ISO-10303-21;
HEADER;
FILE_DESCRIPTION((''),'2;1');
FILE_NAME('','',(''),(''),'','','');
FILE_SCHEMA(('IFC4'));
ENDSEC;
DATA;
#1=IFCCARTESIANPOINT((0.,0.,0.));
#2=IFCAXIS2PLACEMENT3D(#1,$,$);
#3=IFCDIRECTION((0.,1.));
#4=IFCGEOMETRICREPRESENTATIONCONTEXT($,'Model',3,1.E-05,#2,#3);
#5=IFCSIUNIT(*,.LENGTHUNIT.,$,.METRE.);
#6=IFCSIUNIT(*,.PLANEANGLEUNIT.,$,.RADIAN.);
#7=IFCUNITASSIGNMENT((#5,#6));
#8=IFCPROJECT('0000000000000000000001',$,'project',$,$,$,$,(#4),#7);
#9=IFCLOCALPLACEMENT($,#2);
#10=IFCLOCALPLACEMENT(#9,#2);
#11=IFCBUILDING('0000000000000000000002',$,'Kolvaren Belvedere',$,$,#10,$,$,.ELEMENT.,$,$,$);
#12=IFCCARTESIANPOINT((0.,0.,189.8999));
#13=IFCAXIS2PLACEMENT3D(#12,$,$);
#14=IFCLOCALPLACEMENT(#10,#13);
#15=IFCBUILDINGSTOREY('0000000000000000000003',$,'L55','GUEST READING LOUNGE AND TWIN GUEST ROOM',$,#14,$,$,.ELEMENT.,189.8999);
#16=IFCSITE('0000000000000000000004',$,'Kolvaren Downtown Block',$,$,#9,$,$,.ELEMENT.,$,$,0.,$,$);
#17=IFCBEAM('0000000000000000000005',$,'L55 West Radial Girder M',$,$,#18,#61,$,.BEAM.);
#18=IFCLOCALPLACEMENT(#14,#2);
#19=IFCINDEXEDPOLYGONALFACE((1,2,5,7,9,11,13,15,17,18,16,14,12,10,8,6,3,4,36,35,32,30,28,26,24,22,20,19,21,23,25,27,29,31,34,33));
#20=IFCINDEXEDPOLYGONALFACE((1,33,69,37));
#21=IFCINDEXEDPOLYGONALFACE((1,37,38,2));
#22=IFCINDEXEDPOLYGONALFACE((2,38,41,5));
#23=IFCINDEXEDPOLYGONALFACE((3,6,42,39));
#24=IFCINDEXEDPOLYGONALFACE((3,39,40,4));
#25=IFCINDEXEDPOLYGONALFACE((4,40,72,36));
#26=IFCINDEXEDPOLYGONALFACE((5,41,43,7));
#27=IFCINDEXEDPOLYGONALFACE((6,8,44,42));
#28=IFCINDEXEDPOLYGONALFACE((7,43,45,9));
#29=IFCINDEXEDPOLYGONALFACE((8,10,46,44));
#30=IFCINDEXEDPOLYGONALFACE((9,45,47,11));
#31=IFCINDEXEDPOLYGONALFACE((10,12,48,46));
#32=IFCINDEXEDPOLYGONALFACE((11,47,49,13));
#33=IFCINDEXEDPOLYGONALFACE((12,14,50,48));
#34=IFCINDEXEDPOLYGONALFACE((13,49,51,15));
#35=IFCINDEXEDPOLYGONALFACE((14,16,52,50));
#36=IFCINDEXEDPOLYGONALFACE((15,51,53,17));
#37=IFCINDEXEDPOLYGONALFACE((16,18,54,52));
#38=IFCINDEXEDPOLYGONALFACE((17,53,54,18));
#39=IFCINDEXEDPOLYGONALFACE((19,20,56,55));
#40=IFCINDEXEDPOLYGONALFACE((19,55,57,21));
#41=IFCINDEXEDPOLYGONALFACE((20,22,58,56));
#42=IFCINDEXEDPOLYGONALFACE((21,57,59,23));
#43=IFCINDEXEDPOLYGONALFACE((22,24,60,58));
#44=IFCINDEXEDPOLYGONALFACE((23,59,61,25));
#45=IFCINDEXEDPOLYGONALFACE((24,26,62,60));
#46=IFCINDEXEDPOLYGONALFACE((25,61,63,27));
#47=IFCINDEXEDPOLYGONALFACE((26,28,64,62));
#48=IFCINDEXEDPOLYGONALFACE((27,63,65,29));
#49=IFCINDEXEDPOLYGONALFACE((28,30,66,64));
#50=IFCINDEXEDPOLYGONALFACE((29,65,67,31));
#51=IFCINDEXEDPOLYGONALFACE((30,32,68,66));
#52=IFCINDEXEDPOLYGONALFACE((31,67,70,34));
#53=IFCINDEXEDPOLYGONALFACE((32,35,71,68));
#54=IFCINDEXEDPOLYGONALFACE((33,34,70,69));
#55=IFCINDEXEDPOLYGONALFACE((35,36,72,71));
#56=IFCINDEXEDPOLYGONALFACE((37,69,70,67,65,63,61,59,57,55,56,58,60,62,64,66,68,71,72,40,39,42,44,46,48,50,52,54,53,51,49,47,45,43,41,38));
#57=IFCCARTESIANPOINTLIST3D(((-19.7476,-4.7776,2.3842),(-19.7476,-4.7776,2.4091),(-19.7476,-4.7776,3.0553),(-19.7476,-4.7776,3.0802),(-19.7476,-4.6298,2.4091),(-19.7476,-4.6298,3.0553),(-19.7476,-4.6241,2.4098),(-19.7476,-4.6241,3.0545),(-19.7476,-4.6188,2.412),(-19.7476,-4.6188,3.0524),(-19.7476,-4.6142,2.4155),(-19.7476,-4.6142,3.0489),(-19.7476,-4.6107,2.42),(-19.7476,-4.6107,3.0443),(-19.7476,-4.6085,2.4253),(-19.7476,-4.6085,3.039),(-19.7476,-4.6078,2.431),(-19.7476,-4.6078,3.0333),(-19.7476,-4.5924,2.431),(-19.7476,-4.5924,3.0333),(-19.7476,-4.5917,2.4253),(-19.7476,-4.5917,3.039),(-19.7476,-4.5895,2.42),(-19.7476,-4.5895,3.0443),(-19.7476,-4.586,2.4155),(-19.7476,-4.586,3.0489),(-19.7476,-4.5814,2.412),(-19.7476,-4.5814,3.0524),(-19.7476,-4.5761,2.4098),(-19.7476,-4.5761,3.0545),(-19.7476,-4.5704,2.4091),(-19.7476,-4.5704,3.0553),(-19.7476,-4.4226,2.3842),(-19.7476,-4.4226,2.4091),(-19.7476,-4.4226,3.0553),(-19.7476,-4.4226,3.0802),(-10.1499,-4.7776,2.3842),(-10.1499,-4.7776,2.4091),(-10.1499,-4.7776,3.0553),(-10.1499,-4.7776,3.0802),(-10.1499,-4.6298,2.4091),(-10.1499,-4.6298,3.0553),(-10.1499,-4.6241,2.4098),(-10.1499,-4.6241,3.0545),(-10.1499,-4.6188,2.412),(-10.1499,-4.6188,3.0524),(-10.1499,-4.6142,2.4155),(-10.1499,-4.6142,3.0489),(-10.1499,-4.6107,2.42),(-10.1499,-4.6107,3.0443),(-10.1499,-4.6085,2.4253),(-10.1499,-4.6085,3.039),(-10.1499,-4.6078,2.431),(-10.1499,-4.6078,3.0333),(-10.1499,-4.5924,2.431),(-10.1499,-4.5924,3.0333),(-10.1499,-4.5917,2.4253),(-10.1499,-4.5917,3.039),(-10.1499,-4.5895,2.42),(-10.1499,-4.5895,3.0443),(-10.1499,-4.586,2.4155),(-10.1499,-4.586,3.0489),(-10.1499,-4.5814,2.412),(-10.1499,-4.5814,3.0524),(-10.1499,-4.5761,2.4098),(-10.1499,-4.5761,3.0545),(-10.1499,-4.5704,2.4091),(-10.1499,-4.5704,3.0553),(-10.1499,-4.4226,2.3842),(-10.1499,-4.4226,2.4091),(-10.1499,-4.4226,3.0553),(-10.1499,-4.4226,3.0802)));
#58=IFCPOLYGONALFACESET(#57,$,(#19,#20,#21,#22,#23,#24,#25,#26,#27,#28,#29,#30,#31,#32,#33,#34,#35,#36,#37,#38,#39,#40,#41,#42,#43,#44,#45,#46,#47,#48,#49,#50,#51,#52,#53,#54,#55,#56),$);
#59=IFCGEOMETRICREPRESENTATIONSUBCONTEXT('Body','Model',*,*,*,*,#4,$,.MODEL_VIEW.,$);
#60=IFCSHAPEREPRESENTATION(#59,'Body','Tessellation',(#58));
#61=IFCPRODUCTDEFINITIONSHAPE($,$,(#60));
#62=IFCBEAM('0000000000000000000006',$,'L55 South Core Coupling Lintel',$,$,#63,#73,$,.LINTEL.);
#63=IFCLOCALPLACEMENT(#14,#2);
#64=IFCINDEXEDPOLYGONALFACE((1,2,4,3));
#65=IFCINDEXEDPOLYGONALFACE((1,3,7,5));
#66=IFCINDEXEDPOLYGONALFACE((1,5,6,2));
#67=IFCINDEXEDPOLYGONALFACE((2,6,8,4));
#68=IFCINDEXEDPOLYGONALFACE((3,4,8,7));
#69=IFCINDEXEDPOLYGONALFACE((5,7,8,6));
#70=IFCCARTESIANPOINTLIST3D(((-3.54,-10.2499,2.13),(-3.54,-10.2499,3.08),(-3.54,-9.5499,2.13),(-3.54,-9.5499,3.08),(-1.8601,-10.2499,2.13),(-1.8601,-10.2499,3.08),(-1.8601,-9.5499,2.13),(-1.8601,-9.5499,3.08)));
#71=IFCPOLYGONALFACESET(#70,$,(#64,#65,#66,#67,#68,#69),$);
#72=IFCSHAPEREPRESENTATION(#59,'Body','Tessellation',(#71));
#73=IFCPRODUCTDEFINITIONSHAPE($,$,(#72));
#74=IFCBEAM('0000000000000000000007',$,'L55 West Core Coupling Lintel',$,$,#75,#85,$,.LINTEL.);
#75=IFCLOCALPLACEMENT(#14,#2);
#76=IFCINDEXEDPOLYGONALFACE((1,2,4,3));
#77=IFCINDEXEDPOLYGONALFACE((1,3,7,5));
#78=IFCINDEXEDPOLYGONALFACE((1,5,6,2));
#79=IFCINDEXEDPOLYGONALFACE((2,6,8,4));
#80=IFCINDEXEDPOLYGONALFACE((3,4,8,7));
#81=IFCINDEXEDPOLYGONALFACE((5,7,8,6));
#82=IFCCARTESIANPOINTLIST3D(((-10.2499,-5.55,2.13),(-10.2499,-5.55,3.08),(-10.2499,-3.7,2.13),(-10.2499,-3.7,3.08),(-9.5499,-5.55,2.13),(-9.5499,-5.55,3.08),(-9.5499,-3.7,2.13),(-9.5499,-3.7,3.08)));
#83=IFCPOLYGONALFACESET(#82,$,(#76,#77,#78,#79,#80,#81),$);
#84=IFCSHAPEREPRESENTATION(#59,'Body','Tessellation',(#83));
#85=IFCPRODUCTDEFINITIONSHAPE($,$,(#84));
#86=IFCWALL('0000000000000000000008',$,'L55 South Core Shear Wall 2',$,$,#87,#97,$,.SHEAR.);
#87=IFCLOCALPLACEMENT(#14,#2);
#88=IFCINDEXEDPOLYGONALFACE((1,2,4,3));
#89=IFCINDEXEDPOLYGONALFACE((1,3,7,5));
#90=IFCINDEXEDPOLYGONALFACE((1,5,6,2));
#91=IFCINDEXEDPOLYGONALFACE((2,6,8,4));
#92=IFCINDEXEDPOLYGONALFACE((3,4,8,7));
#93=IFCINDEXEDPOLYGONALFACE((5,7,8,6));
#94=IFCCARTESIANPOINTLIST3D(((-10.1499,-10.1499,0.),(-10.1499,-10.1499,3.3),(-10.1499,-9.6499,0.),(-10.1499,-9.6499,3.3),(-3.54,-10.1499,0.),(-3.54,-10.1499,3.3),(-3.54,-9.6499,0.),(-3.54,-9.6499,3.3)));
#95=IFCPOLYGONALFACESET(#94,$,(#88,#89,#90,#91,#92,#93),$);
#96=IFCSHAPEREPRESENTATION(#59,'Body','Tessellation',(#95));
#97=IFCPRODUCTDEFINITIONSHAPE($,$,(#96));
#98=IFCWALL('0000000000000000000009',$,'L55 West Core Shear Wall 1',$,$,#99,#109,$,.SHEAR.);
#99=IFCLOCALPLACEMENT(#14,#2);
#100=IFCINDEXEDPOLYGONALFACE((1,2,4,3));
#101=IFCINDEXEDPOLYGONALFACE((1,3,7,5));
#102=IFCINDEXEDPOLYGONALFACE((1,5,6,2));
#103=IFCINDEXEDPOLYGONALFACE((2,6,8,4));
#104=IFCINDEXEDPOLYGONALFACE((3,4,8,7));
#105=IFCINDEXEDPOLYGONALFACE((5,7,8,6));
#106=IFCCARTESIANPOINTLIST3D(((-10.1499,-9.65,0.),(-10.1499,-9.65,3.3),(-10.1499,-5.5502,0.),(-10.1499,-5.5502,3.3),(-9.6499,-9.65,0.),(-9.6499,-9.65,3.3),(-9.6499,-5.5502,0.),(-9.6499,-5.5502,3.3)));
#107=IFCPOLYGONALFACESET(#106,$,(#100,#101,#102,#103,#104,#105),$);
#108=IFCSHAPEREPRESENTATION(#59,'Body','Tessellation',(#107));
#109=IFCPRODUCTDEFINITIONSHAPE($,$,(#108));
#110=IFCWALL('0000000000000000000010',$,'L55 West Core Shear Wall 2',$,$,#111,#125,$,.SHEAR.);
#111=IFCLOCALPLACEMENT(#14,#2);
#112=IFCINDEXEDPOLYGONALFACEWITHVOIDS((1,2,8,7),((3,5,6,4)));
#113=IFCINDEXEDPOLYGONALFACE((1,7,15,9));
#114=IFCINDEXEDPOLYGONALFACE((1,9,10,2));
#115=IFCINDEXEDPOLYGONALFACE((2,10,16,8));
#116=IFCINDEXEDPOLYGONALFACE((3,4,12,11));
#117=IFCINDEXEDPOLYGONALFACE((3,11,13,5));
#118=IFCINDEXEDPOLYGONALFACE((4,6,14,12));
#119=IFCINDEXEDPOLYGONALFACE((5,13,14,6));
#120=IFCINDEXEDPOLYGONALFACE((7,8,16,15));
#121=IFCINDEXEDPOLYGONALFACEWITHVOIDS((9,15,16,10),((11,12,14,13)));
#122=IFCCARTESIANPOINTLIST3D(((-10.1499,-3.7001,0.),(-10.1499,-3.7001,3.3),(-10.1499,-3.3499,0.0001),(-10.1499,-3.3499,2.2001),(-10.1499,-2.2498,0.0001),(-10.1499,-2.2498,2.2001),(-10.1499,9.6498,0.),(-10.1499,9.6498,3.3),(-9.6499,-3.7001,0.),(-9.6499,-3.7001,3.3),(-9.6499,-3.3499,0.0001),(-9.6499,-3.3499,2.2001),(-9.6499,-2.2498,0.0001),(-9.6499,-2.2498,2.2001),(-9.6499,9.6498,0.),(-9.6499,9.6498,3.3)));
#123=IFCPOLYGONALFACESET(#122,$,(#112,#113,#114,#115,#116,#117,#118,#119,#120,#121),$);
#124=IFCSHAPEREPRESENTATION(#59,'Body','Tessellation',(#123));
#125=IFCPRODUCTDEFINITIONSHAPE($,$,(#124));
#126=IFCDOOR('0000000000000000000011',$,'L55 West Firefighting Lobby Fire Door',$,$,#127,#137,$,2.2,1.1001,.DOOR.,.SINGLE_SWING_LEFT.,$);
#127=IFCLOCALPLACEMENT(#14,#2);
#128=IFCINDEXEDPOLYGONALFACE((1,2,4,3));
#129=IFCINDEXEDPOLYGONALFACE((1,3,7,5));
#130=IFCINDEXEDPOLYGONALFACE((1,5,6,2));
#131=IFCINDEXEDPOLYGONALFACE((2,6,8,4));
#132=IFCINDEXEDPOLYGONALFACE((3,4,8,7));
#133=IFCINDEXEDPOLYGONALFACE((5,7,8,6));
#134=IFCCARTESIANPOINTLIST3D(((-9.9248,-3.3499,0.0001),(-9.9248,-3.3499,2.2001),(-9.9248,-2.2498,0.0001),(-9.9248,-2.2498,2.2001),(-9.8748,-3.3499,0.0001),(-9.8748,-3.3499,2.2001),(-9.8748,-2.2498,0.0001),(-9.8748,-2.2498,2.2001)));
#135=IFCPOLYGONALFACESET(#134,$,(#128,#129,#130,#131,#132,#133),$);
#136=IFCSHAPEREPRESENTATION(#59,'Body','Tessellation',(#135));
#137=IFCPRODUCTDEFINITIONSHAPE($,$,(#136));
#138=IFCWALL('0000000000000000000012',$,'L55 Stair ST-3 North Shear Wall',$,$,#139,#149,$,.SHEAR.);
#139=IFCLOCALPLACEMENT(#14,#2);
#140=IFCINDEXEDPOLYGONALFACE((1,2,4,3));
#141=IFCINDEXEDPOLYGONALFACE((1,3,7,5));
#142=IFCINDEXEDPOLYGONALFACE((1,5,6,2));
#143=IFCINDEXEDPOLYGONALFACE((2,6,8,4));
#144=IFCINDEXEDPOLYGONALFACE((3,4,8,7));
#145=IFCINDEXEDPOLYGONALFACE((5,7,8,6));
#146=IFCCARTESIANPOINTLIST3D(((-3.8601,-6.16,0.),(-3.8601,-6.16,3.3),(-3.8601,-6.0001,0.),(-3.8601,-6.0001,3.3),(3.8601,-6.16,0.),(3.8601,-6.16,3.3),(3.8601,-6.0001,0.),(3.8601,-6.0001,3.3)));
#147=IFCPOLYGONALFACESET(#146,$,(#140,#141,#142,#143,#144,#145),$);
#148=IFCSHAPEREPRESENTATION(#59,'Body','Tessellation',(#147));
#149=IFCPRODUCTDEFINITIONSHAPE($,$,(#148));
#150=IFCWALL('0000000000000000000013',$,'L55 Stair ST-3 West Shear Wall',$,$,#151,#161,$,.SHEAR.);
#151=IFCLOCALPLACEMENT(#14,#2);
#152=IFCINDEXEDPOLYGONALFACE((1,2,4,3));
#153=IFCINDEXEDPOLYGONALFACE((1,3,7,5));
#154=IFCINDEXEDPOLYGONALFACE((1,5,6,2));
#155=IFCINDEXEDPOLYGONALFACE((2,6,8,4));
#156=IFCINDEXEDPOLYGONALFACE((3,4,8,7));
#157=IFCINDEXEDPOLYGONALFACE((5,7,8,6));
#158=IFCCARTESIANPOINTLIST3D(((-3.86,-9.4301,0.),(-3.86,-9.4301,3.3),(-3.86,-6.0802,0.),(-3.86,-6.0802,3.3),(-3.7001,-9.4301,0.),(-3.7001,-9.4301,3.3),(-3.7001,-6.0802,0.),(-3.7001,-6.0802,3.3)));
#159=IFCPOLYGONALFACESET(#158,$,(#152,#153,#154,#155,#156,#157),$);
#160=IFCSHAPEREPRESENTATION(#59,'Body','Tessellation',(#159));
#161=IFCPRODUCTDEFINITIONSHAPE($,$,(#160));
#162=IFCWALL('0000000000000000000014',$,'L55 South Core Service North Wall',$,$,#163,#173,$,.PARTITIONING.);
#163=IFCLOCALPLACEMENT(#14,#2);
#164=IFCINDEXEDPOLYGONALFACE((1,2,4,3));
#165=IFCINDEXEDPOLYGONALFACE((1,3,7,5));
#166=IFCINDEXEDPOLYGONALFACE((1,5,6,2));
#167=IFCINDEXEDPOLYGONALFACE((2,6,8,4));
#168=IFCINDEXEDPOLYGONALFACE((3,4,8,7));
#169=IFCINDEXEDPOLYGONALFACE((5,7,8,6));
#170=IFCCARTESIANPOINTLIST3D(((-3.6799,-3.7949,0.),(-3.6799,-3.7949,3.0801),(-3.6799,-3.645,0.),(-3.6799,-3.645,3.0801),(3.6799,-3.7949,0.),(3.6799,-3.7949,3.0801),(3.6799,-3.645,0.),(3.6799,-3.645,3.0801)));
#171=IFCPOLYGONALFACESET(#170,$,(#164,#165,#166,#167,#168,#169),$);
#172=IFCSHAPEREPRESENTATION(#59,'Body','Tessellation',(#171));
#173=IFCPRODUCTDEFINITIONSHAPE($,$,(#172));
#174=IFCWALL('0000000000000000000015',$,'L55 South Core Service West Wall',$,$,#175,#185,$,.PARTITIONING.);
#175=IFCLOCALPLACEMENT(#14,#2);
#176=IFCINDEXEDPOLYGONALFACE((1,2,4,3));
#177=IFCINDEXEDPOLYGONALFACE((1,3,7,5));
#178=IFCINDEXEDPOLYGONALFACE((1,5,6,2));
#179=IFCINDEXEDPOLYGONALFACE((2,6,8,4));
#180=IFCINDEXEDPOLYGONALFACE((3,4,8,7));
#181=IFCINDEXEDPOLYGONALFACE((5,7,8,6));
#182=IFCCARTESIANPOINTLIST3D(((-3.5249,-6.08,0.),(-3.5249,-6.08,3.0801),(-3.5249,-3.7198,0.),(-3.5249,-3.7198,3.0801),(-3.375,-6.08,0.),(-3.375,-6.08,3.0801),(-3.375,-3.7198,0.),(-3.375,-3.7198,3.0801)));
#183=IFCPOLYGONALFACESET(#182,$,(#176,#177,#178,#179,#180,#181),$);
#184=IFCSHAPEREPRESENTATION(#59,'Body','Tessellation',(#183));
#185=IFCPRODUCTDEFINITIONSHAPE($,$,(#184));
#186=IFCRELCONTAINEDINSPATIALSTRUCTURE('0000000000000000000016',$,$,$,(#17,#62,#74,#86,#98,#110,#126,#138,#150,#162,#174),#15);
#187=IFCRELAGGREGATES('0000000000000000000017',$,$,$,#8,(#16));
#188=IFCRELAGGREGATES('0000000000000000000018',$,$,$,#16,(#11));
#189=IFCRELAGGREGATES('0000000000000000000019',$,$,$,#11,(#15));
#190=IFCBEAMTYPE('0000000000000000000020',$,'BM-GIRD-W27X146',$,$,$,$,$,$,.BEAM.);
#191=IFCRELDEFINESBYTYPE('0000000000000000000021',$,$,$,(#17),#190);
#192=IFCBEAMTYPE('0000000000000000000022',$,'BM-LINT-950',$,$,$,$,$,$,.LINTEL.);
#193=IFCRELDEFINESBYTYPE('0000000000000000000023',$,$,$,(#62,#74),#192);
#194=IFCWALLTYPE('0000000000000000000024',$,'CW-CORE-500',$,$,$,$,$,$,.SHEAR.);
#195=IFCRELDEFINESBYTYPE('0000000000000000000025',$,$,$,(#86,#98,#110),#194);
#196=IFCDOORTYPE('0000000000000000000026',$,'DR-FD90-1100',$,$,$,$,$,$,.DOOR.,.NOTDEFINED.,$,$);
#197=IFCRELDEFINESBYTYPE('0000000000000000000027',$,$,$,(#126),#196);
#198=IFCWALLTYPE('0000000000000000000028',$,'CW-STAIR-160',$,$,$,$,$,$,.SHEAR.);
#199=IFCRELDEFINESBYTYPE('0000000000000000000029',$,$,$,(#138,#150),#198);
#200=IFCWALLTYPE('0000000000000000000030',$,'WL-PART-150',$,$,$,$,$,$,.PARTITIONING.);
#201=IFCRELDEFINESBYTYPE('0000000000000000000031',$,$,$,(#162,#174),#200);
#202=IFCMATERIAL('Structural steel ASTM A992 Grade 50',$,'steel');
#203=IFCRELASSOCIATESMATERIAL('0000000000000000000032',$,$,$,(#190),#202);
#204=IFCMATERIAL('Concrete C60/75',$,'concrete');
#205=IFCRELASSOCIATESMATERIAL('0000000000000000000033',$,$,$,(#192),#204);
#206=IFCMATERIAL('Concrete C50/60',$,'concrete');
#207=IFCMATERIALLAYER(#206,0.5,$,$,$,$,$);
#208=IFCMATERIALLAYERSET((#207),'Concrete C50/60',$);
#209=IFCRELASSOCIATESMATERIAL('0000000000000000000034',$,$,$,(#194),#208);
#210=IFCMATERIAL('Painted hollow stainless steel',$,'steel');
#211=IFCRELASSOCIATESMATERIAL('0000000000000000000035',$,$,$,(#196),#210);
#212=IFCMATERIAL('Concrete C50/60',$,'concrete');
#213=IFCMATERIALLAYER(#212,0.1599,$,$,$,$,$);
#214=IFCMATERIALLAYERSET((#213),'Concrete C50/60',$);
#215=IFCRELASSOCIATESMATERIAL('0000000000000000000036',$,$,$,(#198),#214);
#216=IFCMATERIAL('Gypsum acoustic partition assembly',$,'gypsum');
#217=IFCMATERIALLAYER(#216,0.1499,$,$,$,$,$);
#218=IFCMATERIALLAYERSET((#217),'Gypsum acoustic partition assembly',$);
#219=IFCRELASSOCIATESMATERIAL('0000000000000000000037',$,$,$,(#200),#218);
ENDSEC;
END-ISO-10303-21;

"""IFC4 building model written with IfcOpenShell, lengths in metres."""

from ifc_helpers import new_model, si_unit, direction, frame, frame_2d, origin, origin_2d, place, context, subcontext, project, spatial, rectangle, i_section, extrude, material, layer, layer_set, material_profile, profile_set, type_object, element, fill, save


model = new_model("IFC4")

# Units and contexts
model_context = context("Model", 3, precision=1e-05, world=origin(), true_north=direction((0.0, 1.0)))
body_context = subcontext(model_context, "Body", "Model", "MODEL_VIEW")
ifc_project = project(units=[si_unit("LENGTHUNIT", "METRE"), si_unit("PLANEANGLEUNIT", "RADIAN")], contexts=[model_context])

# Site, building, storey
site_placement = place(None, origin())
site = spatial("IfcSite", under=ifc_project, at=site_placement, Name="Kolvaren Downtown Block", CompositionType="ELEMENT", RefElevation=0.0)
building_placement = place(site_placement, origin())
building = spatial("IfcBuilding", under=site, at=building_placement, Name="Kolvaren Belvedere", CompositionType="ELEMENT")
storey_placement = place(building_placement, frame((0.0, 0.0, 189.8999)))
storey = spatial("IfcBuildingStorey", under=building, at=storey_placement, Name="L55", Description="GUEST READING LOUNGE AND TWIN GUEST ROOM", CompositionType="ELEMENT", Elevation=189.8999)

# Beams
ifc_material_1 = material(Name="Structural steel ASTM A992 Grade 50", Category="steel")
ifc_material_profile_1 = material_profile(ifc_material_1, i_section(OverallWidth=0.355, OverallDepth=0.696, WebThickness=0.0154, FlangeThickness=0.0249, FilletRadius=0.022, at=origin_2d()), Name="W27X146")
ifc_profile_set_1 = profile_set([ifc_material_profile_1], Name="Structural steel ASTM A992 Grade 50")
beam_type_1 = type_object("IfcBeamType", Name="BM-GIRD-W27X146", PredefinedType="BEAM", material=ifc_profile_set_1)
beam_1_placement = place(storey_placement, frame((-10.1499, -4.6001, 2.7322), z_axis=(-1.0, 0.0, 0.0), x_axis=(0.0, -1.0, 0.0)))
element("IfcBeam", 1, at=beam_1_placement, inside=storey, type_object=beam_type_1, Name="L55 West Radial Girder M", PredefinedType="BEAM", context=body_context, shape_type="SweptSolid", body=[
    extrude(i_section(OverallWidth=0.355, OverallDepth=0.696, WebThickness=0.0154, FlangeThickness=0.0249, FilletRadius=0.022, at=origin_2d()), origin(), (0.0, 0.0, 1.0), 9.5977),
])
ifc_material_2 = material(Name="Concrete C60/75", Category="concrete")
ifc_material_profile_2 = material_profile(ifc_material_2, rectangle(XDim=0.7, YDim=0.95, at=origin_2d()), Name="RC 700X950")
ifc_profile_set_2 = profile_set([ifc_material_profile_2], Name="Concrete C60/75")
beam_type_2 = type_object("IfcBeamType", Name="BM-LINT-950", PredefinedType="LINTEL", material=ifc_profile_set_2)
beam_2_placement = place(storey_placement, frame((-3.54, -9.8999, 2.605), z_axis=(1.0, 0.0, 0.0), x_axis=(0.0, 1.0, 0.0)))
element("IfcBeam", 2, at=beam_2_placement, inside=storey, type_object=beam_type_2, Name="L55 South Core Coupling Lintel", PredefinedType="LINTEL", context=body_context, shape_type="SweptSolid", body=[
    extrude(rectangle(XDim=0.7, YDim=0.95, at=origin_2d()), origin(), (0.0, 0.0, 1.0), 1.6799),
])
beam_3_placement = place(storey_placement, frame((-9.8999, -5.55, 2.605), z_axis=(0.0, 1.0, 0.0), x_axis=(-1.0, 0.0, 0.0)))
element("IfcBeam", 3, at=beam_3_placement, inside=storey, type_object=beam_type_2, Name="L55 West Core Coupling Lintel", PredefinedType="LINTEL", context=body_context, shape_type="SweptSolid", body=[
    extrude(rectangle(XDim=0.7, YDim=0.95, at=origin_2d()), origin(), (0.0, 0.0, 1.0), 1.8501),
])

# Walls
ifc_material_3 = material(Name="Concrete C50/60", Category="concrete")
ifc_layer_1 = layer(ifc_material_3, 0.5)
ifc_layer_set_1 = layer_set([ifc_layer_1], Name="Concrete C50/60")
wall_type_1 = type_object("IfcWallType", Name="CW-CORE-500", PredefinedType="SHEAR", material=ifc_layer_set_1)
wall_1_placement = place(storey_placement, frame((-3.54, -9.8999, 0.0), z_axis=(0.0, 0.0, 1.0), x_axis=(-1.0, 0.0, 0.0)))
element("IfcWall", 4, at=wall_1_placement, inside=storey, type_object=wall_type_1, Name="L55 South Core Shear Wall 2", PredefinedType="SHEAR", context=body_context, shape_type="SweptSolid", body=[
    extrude(rectangle(XDim=6.6099, YDim=0.5, at=frame_2d((3.3049, 0.0))), origin(), (0.0, 0.0, 1.0), 3.3),
])
wall_2_placement = place(storey_placement, frame((-9.8999, -9.6499, 0.0), z_axis=(0.0, 0.0, 1.0), x_axis=(0.0, 1.0, 0.0)))
element("IfcWall", 5, at=wall_2_placement, inside=storey, type_object=wall_type_1, Name="L55 West Core Shear Wall 1", PredefinedType="SHEAR", context=body_context, shape_type="SweptSolid", body=[
    extrude(rectangle(XDim=4.0999, YDim=0.5, at=frame_2d((2.0498, 0.0))), origin(), (0.0, 0.0, 1.0), 3.3),
])

# Wall, opening, door
wall_3_placement = place(storey_placement, frame((-9.8999, -3.7, 0.0), z_axis=(0.0, 0.0, 1.0), x_axis=(0.0, 1.0, 0.0)))
wall_3 = element("IfcWall", 6, at=wall_3_placement, inside=storey, type_object=wall_type_1, Name="L55 West Core Shear Wall 2", PredefinedType="SHEAR", context=body_context, shape_type="SweptSolid", body=[
    extrude(rectangle(XDim=13.3499, YDim=0.5, at=frame_2d((6.6748, 0.0))), origin(), (0.0, 0.0, 1.0), 3.3),
])
opening_1_placement = place(wall_3_placement, frame((0.3501, 0.0, 0.0)))
opening_1 = element("IfcOpeningElement", 7, at=opening_1_placement, cuts=wall_3, PredefinedType="OPENING", context=body_context, shape_type="SweptSolid", body=[
    extrude(rectangle(XDim=1.1001, YDim=2.2, at=frame_2d((0.55, 1.1001))), frame((0.0, 0.26, 0.0), z_axis=(0.0, -1.0, 0.0), x_axis=(1.0, 0.0, 0.0)), (0.0, 0.0, 1.0), 0.52),
])
ifc_material_4 = material(Name="Painted hollow stainless steel", Category="steel")
door_type_1 = type_object("IfcDoorType", Name="DR-FD90-1100", OperationType="NOTDEFINED", PredefinedType="DOOR", material=ifc_material_4)
door_1_placement = place(opening_1_placement, origin())
door_1 = element("IfcDoor", 8, at=door_1_placement, inside=storey, type_object=door_type_1, Name="L55 West Firefighting Lobby Fire Door", OperationType="SINGLE_SWING_LEFT", OverallHeight=2.2, OverallWidth=1.1001, PredefinedType="DOOR", context=body_context, shape_type="SweptSolid", body=[
    extrude(rectangle(XDim=1.1001, YDim=2.2, at=frame_2d((0.55, 1.1001))), frame((0.0, 0.0249, 0.0), z_axis=(0.0, -1.0, 0.0), x_axis=(1.0, 0.0, 0.0)), (0.0, 0.0, 1.0), 0.05),
])
fill(opening_1, door_1)

# Walls
ifc_material_5 = material(Name="Concrete C50/60", Category="concrete")
ifc_layer_2 = layer(ifc_material_5, 0.1599)
ifc_layer_set_2 = layer_set([ifc_layer_2], Name="Concrete C50/60")
wall_type_2 = type_object("IfcWallType", Name="CW-STAIR-160", PredefinedType="SHEAR", material=ifc_layer_set_2)
wall_4_placement = place(storey_placement, frame((-3.8601, -6.0801, 0.0), z_axis=(0.0, 0.0, 1.0), x_axis=(1.0, 0.0, 0.0)))
element("IfcWall", 9, at=wall_4_placement, inside=storey, type_object=wall_type_2, Name="L55 Stair ST-3 North Shear Wall", PredefinedType="SHEAR", context=body_context, shape_type="SweptSolid", body=[
    extrude(rectangle(XDim=7.7202, YDim=0.1599, at=frame_2d((3.8601, 0.0))), origin(), (0.0, 0.0, 1.0), 3.3),
])
wall_5_placement = place(storey_placement, frame((-3.78, -9.4299, 0.0), z_axis=(0.0, 0.0, 1.0), x_axis=(0.0, 1.0, 0.0)))
element("IfcWall", 10, at=wall_5_placement, inside=storey, type_object=wall_type_2, Name="L55 Stair ST-3 West Shear Wall", PredefinedType="SHEAR", context=body_context, shape_type="SweptSolid", body=[
    extrude(rectangle(XDim=3.3499, YDim=0.1599, at=frame_2d((1.6748, 0.0))), origin(), (0.0, 0.0, 1.0), 3.3),
])
ifc_material_6 = material(Name="Gypsum acoustic partition assembly", Category="gypsum")
ifc_layer_3 = layer(ifc_material_6, 0.1499)
ifc_layer_set_3 = layer_set([ifc_layer_3], Name="Gypsum acoustic partition assembly")
wall_type_3 = type_object("IfcWallType", Name="WL-PART-150", PredefinedType="PARTITIONING", material=ifc_layer_set_3)
wall_6_placement = place(storey_placement, frame((-3.6799, -3.72, 0.0), z_axis=(0.0, 0.0, 1.0), x_axis=(1.0, 0.0, 0.0)))
element("IfcWall", 11, at=wall_6_placement, inside=storey, type_object=wall_type_3, Name="L55 South Core Service North Wall", PredefinedType="PARTITIONING", context=body_context, shape_type="SweptSolid", body=[
    extrude(rectangle(XDim=7.3599, YDim=0.1499, at=frame_2d((3.6799, 0.0))), origin(), (0.0, 0.0, 1.0), 3.0801),
])
wall_7_placement = place(storey_placement, frame((-3.45, -6.0801, 0.0), z_axis=(0.0, 0.0, 1.0), x_axis=(0.0, 1.0, 0.0)))
element("IfcWall", 12, at=wall_7_placement, inside=storey, type_object=wall_type_3, Name="L55 South Core Service West Wall", PredefinedType="PARTITIONING", context=body_context, shape_type="SweptSolid", body=[
    extrude(rectangle(XDim=2.3601, YDim=0.1499, at=frame_2d((1.1802, 0.0))), origin(), (0.0, 0.0, 1.0), 3.0801),
])

save(model, "model.ifc")
